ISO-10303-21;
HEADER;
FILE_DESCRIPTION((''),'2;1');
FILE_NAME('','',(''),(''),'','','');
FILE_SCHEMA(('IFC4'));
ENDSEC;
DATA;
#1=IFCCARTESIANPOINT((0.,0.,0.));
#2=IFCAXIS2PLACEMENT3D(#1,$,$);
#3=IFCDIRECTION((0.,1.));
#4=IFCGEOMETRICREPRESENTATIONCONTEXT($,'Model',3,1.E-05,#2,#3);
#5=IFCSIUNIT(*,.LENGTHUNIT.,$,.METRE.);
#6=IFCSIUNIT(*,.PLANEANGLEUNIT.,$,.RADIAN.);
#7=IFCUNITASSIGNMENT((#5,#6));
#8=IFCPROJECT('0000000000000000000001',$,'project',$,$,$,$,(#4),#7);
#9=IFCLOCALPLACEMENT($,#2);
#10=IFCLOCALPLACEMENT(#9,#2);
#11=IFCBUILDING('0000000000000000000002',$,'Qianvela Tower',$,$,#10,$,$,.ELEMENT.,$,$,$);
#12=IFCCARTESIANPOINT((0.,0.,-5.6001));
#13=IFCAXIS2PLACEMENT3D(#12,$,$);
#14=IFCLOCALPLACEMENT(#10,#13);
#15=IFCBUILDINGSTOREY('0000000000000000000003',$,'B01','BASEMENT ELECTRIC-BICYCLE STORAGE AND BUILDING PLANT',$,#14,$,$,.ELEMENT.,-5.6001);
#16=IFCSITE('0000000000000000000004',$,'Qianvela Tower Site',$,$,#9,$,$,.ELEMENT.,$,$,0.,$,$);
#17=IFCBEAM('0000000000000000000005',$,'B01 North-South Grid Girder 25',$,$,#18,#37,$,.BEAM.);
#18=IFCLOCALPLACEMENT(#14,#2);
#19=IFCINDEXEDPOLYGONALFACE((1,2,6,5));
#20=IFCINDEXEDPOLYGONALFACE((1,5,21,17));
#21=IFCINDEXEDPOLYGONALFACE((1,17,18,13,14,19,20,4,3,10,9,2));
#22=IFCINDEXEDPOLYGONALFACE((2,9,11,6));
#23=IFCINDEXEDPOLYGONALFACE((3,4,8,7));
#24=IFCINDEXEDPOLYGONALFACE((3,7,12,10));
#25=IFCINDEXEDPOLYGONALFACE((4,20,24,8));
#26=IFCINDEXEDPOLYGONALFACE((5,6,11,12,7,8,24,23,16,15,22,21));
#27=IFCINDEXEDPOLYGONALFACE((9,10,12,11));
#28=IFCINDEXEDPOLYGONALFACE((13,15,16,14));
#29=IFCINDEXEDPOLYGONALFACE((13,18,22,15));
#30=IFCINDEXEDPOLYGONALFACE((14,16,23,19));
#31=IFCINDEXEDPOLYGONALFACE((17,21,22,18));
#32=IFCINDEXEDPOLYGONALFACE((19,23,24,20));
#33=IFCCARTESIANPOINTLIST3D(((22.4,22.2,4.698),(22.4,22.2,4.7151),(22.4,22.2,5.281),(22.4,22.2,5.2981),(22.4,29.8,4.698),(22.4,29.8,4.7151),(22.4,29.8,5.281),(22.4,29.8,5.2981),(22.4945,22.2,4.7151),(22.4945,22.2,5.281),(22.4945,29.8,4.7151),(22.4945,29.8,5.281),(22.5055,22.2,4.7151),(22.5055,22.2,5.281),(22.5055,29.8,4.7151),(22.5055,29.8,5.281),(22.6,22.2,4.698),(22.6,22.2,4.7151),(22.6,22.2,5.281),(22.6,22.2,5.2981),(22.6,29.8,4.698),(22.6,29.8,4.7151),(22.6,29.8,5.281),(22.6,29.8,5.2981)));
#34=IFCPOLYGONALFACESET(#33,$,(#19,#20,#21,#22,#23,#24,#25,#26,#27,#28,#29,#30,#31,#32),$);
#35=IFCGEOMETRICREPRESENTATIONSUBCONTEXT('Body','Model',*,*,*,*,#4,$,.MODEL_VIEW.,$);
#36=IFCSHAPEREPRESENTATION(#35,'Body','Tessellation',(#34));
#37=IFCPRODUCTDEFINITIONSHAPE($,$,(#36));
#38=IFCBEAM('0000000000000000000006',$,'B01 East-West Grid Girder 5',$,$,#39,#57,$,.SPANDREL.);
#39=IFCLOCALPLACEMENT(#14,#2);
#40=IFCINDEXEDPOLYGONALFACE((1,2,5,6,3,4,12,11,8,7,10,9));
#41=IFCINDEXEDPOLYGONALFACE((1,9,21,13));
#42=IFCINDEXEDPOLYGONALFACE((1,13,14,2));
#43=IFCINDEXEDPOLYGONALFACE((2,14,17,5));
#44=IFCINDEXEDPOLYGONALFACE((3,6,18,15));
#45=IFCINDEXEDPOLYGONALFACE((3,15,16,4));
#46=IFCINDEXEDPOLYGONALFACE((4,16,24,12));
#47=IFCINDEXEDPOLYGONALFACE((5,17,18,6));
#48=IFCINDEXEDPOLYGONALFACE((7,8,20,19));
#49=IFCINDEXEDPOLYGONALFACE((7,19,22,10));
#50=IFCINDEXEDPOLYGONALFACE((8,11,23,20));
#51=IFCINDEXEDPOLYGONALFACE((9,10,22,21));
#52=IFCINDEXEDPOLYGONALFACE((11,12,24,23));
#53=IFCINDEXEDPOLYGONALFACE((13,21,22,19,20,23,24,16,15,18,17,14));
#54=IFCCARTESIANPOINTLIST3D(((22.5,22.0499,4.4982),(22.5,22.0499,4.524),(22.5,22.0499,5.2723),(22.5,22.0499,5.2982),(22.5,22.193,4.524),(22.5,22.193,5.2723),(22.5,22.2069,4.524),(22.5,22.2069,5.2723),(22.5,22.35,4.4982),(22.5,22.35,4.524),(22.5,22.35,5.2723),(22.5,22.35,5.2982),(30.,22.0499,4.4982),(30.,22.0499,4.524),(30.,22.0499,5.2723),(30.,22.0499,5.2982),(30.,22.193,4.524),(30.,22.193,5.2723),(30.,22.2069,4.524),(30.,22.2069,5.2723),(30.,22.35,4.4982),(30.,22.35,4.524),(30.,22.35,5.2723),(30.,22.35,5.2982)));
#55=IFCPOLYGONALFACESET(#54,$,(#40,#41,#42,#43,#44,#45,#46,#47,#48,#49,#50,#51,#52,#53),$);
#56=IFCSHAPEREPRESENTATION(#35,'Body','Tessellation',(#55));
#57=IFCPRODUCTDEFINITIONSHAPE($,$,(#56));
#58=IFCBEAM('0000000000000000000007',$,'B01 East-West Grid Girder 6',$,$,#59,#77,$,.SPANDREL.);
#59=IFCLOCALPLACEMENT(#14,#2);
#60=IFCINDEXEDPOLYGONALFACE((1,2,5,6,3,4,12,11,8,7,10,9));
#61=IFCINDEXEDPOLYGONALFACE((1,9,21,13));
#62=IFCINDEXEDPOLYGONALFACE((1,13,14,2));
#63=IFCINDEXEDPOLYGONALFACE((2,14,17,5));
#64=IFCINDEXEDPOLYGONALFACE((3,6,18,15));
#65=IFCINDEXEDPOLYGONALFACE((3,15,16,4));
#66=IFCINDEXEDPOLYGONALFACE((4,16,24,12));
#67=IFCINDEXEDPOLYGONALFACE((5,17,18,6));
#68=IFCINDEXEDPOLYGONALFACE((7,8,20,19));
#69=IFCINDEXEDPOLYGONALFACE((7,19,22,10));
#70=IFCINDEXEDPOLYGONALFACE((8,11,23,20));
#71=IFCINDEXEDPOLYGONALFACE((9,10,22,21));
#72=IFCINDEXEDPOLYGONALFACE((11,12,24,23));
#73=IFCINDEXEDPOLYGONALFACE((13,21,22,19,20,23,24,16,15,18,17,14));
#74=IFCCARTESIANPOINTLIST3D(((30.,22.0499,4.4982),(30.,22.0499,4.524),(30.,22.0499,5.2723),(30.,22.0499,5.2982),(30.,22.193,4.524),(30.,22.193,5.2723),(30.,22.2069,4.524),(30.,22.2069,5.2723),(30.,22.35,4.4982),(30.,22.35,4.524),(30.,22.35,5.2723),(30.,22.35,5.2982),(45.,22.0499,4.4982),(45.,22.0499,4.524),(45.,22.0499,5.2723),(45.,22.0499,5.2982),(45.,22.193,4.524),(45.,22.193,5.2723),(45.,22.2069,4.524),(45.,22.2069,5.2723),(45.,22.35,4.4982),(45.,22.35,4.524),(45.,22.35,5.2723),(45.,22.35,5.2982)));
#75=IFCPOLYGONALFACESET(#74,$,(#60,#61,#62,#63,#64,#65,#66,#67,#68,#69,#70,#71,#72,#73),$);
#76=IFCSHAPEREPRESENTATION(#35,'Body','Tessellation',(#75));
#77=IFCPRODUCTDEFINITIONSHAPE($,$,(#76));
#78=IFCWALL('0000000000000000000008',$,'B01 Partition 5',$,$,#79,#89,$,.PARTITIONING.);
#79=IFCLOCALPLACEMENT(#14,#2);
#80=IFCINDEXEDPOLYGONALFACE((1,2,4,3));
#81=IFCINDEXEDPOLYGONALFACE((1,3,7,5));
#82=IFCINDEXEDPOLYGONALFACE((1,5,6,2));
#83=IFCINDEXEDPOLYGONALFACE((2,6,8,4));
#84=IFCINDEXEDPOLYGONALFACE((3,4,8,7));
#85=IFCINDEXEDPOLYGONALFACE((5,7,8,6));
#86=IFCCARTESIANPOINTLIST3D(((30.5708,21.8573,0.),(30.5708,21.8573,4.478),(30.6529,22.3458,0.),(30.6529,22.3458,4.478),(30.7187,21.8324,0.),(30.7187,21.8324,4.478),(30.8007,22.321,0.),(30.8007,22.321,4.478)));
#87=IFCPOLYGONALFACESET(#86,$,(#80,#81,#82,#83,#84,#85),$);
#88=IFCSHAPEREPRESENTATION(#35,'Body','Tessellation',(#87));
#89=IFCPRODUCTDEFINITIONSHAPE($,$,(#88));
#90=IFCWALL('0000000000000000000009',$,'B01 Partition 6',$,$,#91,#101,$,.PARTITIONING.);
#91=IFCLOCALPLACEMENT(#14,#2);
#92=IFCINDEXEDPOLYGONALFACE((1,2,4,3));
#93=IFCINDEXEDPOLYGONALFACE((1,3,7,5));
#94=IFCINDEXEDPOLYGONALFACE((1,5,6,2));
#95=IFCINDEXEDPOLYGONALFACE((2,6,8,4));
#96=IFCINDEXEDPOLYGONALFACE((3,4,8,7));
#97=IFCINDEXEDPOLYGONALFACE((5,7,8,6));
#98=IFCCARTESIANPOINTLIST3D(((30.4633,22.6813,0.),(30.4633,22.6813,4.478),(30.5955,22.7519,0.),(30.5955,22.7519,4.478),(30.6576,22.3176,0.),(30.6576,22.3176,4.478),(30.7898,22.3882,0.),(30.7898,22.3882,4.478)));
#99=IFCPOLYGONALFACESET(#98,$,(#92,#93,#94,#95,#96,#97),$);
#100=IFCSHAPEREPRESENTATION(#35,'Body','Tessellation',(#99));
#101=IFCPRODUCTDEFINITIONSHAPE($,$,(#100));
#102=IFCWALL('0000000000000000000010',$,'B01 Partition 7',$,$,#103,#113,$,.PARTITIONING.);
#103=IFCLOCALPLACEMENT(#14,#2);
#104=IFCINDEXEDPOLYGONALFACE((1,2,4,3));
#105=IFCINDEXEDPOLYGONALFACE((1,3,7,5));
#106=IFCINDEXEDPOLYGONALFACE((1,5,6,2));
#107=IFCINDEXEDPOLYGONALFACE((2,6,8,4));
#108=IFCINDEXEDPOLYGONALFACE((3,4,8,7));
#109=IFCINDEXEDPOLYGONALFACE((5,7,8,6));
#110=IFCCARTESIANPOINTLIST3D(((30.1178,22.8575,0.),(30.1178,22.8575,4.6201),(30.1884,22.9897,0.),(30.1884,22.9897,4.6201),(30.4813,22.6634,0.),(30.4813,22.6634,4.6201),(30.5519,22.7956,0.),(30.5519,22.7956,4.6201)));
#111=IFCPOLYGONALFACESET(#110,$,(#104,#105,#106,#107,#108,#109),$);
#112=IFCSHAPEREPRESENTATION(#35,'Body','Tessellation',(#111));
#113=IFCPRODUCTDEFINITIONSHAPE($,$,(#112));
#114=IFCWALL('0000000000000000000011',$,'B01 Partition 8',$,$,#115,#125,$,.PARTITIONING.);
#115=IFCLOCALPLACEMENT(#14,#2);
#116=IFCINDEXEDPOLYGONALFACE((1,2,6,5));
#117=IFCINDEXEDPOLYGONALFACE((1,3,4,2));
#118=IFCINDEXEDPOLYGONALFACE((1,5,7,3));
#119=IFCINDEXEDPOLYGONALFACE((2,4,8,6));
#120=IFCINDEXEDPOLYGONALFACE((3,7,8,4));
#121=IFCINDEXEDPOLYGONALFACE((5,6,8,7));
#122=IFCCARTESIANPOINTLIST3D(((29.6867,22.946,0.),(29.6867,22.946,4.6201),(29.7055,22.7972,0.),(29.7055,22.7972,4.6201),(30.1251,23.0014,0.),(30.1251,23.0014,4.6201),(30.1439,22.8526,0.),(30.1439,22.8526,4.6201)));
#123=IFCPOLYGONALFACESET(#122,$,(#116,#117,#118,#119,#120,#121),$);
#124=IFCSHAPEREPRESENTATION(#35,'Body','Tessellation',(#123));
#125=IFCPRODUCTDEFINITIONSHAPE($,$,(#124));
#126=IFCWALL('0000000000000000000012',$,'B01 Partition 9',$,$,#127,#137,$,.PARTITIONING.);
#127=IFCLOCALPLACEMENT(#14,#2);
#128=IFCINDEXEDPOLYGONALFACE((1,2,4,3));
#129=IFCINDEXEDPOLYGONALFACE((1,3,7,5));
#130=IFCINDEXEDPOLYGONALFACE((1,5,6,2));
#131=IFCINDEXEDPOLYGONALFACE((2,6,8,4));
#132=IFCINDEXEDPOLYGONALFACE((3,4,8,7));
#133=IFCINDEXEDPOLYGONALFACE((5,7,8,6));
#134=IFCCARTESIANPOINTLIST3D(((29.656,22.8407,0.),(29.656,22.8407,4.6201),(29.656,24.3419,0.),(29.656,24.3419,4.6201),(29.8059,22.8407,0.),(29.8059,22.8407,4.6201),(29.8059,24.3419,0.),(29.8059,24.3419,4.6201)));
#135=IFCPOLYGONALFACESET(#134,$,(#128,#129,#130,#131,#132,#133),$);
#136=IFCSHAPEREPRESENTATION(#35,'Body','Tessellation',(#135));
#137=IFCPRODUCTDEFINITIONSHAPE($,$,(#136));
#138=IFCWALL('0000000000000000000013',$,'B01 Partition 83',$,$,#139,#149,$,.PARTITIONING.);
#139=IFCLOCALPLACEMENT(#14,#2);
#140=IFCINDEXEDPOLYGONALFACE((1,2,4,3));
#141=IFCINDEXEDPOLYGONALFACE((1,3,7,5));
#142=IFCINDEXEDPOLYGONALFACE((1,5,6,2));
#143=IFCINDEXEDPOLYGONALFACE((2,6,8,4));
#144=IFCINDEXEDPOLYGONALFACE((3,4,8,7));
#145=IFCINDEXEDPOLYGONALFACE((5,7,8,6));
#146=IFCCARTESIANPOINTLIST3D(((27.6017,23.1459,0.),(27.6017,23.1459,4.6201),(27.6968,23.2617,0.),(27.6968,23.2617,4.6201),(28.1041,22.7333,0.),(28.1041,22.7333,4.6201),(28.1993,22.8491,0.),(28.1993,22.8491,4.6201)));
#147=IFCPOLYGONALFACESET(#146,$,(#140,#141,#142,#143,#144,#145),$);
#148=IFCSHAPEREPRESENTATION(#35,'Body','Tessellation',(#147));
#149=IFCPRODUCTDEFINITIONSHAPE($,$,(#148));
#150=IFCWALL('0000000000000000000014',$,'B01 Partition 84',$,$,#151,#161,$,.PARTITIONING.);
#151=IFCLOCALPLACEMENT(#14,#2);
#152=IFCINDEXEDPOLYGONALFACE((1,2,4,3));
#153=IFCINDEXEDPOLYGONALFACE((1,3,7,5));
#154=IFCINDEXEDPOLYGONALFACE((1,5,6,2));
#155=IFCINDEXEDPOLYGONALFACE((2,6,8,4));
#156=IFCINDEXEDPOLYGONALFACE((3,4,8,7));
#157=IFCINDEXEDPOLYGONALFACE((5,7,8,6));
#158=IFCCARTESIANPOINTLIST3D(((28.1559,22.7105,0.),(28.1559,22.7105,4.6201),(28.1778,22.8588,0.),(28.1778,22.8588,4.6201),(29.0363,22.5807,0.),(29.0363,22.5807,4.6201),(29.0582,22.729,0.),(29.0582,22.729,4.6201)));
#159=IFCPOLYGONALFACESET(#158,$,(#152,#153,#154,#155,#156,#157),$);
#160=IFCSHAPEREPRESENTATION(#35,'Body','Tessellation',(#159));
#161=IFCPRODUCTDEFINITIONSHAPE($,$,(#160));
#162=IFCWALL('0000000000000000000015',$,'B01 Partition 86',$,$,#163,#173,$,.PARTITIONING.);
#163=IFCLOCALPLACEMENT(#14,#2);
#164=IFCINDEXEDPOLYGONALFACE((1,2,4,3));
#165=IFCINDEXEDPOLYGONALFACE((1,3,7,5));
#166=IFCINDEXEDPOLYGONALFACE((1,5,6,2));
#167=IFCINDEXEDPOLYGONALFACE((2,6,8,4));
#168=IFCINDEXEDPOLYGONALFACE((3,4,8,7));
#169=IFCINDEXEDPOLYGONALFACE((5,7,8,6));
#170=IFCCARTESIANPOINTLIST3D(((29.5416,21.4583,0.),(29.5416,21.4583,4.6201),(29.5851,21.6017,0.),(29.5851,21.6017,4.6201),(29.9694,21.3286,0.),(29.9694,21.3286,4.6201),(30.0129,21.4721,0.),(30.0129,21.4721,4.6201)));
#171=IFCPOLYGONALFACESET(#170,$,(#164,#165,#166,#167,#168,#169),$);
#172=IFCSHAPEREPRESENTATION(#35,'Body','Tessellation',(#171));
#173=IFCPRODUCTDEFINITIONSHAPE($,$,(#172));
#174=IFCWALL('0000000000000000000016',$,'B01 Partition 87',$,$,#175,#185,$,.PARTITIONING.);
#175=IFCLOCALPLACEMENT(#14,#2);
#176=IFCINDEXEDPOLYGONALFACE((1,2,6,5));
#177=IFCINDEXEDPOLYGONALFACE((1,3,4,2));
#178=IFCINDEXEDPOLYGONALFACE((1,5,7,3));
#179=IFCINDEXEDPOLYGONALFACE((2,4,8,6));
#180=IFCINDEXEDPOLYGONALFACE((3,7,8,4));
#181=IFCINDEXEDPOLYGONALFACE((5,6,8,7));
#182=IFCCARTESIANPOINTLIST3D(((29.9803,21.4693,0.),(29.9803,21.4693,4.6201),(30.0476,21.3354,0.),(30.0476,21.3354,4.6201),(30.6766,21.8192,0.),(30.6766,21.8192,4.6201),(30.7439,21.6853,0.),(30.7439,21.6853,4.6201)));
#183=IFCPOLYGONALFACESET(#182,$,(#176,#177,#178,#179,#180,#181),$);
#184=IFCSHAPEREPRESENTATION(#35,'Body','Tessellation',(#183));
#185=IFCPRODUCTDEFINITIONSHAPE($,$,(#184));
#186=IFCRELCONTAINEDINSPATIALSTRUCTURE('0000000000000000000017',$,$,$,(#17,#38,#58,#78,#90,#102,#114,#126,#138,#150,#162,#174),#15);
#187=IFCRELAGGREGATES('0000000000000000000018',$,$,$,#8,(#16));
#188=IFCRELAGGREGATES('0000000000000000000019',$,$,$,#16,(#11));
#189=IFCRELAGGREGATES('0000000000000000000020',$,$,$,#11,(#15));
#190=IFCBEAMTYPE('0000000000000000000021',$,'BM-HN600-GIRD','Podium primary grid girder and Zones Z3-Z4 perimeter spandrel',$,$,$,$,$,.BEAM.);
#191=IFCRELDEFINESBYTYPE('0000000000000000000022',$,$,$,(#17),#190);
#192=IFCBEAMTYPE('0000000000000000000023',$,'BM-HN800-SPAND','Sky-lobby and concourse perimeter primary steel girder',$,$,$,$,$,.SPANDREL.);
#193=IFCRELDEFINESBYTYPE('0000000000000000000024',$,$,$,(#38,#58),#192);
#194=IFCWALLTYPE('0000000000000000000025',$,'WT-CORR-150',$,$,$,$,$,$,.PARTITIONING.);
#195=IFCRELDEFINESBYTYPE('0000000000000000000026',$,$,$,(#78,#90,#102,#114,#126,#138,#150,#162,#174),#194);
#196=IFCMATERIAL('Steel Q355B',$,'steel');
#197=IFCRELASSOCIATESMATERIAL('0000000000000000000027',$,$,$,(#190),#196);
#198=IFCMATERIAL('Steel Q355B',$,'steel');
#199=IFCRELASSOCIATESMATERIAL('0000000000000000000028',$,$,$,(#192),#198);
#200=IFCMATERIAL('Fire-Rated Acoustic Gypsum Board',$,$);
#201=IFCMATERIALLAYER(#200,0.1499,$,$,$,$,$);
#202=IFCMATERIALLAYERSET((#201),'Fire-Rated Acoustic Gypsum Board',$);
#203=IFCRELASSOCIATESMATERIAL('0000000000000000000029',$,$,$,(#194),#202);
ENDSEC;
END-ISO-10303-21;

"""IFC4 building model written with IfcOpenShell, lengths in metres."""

from ifc_helpers import new_model, si_unit, direction, frame, frame_2d, origin, origin_2d, place, context, subcontext, project, spatial, rectangle, i_section, extrude, material, layer, layer_set, material_profile, profile_set, type_object, element, save


model = new_model("IFC4")

# Units and contexts
model_context = context("Model", 3, precision=1e-05, world=origin(), true_north=direction((0.0, 1.0)))
body_context = subcontext(model_context, "Body", "Model", "MODEL_VIEW")
ifc_project = project(units=[si_unit("LENGTHUNIT", "METRE"), si_unit("PLANEANGLEUNIT", "RADIAN")], contexts=[model_context])

# Site, building, storey
site_placement = place(None, origin())
site = spatial("IfcSite", under=ifc_project, at=site_placement, Name="Qianvela Tower Site", CompositionType="ELEMENT", RefElevation=0.0)
building_placement = place(site_placement, origin())
building = spatial("IfcBuilding", under=site, at=building_placement, Name="Qianvela Tower", CompositionType="ELEMENT")
storey_placement = place(building_placement, frame((0.0, 0.0, -5.6001)))
storey = spatial("IfcBuildingStorey", under=building, at=storey_placement, Name="B01", Description="BASEMENT ELECTRIC-BICYCLE STORAGE AND BUILDING PLANT", CompositionType="ELEMENT", Elevation=-5.6001)

# Beams
ifc_material_1 = material(Name="Steel Q355B", Category="steel")
ifc_material_profile_1 = material_profile(ifc_material_1, i_section(OverallWidth=0.2, OverallDepth=0.6001, WebThickness=0.011, FlangeThickness=0.0171, at=origin_2d()), Name="HN600x200x11x17")
ifc_profile_set_1 = profile_set([ifc_material_profile_1], Name="Steel Q355B")
beam_type_1 = type_object("IfcBeamType", Name="BM-HN600-GIRD", Description="Podium primary grid girder and Zones Z3-Z4 perimeter spandrel", PredefinedType="BEAM", material=ifc_profile_set_1)
beam_1_placement = place(storey_placement, frame((22.5, 22.2, 4.998), z_axis=(0.0, 1.0, 0.0), x_axis=(-1.0, 0.0, 0.0)))
element("IfcBeam", 1, at=beam_1_placement, inside=storey, type_object=beam_type_1, Name="B01 North-South Grid Girder 25", PredefinedType="BEAM", context=body_context, shape_type="SweptSolid", body=[
    extrude(i_section(OverallWidth=0.2, OverallDepth=0.6001, WebThickness=0.011, FlangeThickness=0.0171, at=origin_2d()), origin(), (0.0, 0.0, 1.0), 7.6001),
])
ifc_material_2 = material(Name="Steel Q355B", Category="steel")
ifc_material_profile_2 = material_profile(ifc_material_2, i_section(OverallWidth=0.3, OverallDepth=0.8, WebThickness=0.0139, FlangeThickness=0.0259, at=origin_2d()), Name="HN800x300x14x26")
ifc_profile_set_2 = profile_set([ifc_material_profile_2], Name="Steel Q355B")
beam_type_2 = type_object("IfcBeamType", Name="BM-HN800-SPAND", Description="Sky-lobby and concourse perimeter primary steel girder", PredefinedType="SPANDREL", material=ifc_profile_set_2)
beam_2_placement = place(storey_placement, frame((22.5, 22.2, 4.8982), z_axis=(1.0, 0.0, 0.0), x_axis=(0.0, 1.0, 0.0)))
element("IfcBeam", 2, at=beam_2_placement, inside=storey, type_object=beam_type_2, Name="B01 East-West Grid Girder 5", PredefinedType="SPANDREL", context=body_context, shape_type="SweptSolid", body=[
    extrude(i_section(OverallWidth=0.3, OverallDepth=0.8, WebThickness=0.0139, FlangeThickness=0.0259, at=origin_2d()), origin(), (0.0, 0.0, 1.0), 7.5),
])
beam_3_placement = place(storey_placement, frame((30.0, 22.2, 4.8982), z_axis=(1.0, 0.0, 0.0), x_axis=(0.0, 1.0, 0.0)))
element("IfcBeam", 3, at=beam_3_placement, inside=storey, type_object=beam_type_2, Name="B01 East-West Grid Girder 6", PredefinedType="SPANDREL", context=body_context, shape_type="SweptSolid", body=[
    extrude(i_section(OverallWidth=0.3, OverallDepth=0.8, WebThickness=0.0139, FlangeThickness=0.0259, at=origin_2d()), origin(), (0.0, 0.0, 1.0), 15.0),
])

# Walls
ifc_material_3 = material(Name="Fire-Rated Acoustic Gypsum Board")
ifc_layer_1 = layer(ifc_material_3, 0.1499)
ifc_layer_set_1 = layer_set([ifc_layer_1], Name="Fire-Rated Acoustic Gypsum Board")
wall_type_1 = type_object("IfcWallType", Name="WT-CORR-150", PredefinedType="PARTITIONING", material=ifc_layer_set_1)
wall_1_placement = place(storey_placement, frame((30.6448, 21.845, 0.0), z_axis=(0.0, 0.0, 1.0), x_axis=(0.165598, 0.986193, 0.0)))
element("IfcWall", 4, at=wall_1_placement, inside=storey, type_object=wall_type_1, Name="B01 Partition 5", PredefinedType="PARTITIONING", context=body_context, shape_type="SweptSolid", body=[
    extrude(rectangle(XDim=0.4954, YDim=0.1499, at=frame_2d((0.2476, 0.0))), origin(), (0.0, 0.0, 1.0), 4.478),
])
wall_2_placement = place(storey_placement, frame((30.7236, 22.353, 0.0), z_axis=(0.0, 0.0, 1.0), x_axis=(-0.471203, 0.882025, 0.0)))
element("IfcWall", 5, at=wall_2_placement, inside=storey, type_object=wall_type_1, Name="B01 Partition 6", PredefinedType="PARTITIONING", context=body_context, shape_type="SweptSolid", body=[
    extrude(rectangle(XDim=0.4124, YDim=0.1499, at=frame_2d((0.2061, 0.0))), origin(), (0.0, 0.0, 1.0), 4.478),
])
wall_3_placement = place(storey_placement, frame((30.5166, 22.7295, 0.0), z_axis=(0.0, 0.0, 1.0), x_axis=(-0.88214, 0.470988, 0.0)))
element("IfcWall", 6, at=wall_3_placement, inside=storey, type_object=wall_type_1, Name="B01 Partition 7", PredefinedType="PARTITIONING", context=body_context, shape_type="SweptSolid", body=[
    extrude(rectangle(XDim=0.4121, YDim=0.1499, at=frame_2d((0.2061, 0.0))), origin(), (0.0, 0.0, 1.0), 4.6201),
])
wall_4_placement = place(storey_placement, frame((30.1345, 22.927, 0.0), z_axis=(0.0, 0.0, 1.0), x_axis=(-0.992107, -0.125394, 0.0)))
element("IfcWall", 7, at=wall_4_placement, inside=storey, type_object=wall_type_1, Name="B01 Partition 8", PredefinedType="PARTITIONING", context=body_context, shape_type="SweptSolid", body=[
    extrude(rectangle(XDim=0.4419, YDim=0.1499, at=frame_2d((0.2209, 0.0))), origin(), (0.0, 0.0, 1.0), 4.6201),
])
wall_5_placement = place(storey_placement, frame((29.731, 22.8408, 0.0), z_axis=(0.0, 0.0, 1.0), x_axis=(0.0, 1.0, 0.0)))
element("IfcWall", 8, at=wall_5_placement, inside=storey, type_object=wall_type_1, Name="B01 Partition 9", PredefinedType="PARTITIONING", context=body_context, shape_type="SweptSolid", body=[
    extrude(rectangle(XDim=1.5012, YDim=0.1499, at=frame_2d((0.7505, 0.0))), origin(), (0.0, 0.0, 1.0), 4.6201),
])

# Walls
wall_6_placement = place(storey_placement, frame((27.6492, 23.2039, 0.0), z_axis=(0.0, 0.0, 1.0), x_axis=(0.772818, -0.634627, 0.0)))
element("IfcWall", 9, at=wall_6_placement, inside=storey, type_object=wall_type_1, Name="B01 Partition 83", PredefinedType="PARTITIONING", context=body_context, shape_type="SweptSolid", body=[
    extrude(rectangle(XDim=0.6501, YDim=0.1499, at=frame_2d((0.3252, 0.0))), origin(), (0.0, 0.0, 1.0), 4.6201),
])
wall_7_placement = place(storey_placement, frame((28.167, 22.7847, 0.0), z_axis=(0.0, 0.0, 1.0), x_axis=(0.989292, -0.145952, 0.0)))
element("IfcWall", 10, at=wall_7_placement, inside=storey, type_object=wall_type_1, Name="B01 Partition 84", PredefinedType="PARTITIONING", context=body_context, shape_type="SweptSolid", body=[
    extrude(rectangle(XDim=0.8899, YDim=0.1499, at=frame_2d((0.4448, 0.0))), origin(), (0.0, 0.0, 1.0), 4.6201),
])
wall_8_placement = place(storey_placement, frame((29.5632, 21.53, 0.0), z_axis=(0.0, 0.0, 1.0), x_axis=(0.957011, -0.290053, 0.0)))
element("IfcWall", 11, at=wall_8_placement, inside=storey, type_object=wall_type_1, Name="B01 Partition 86", PredefinedType="PARTITIONING", context=body_context, shape_type="SweptSolid", body=[
    extrude(rectangle(XDim=0.447, YDim=0.1499, at=frame_2d((0.2236, 0.0))), origin(), (0.0, 0.0, 1.0), 4.6201),
])
wall_9_placement = place(storey_placement, frame((30.0139, 21.4023, 0.0), z_axis=(0.0, 0.0, 1.0), x_axis=(0.893548, 0.448967, 0.0)))
element("IfcWall", 12, at=wall_9_placement, inside=storey, type_object=wall_type_1, Name="B01 Partition 87", PredefinedType="PARTITIONING", context=body_context, shape_type="SweptSolid", body=[
    extrude(rectangle(XDim=0.7793, YDim=0.1499, at=frame_2d((0.3896, 0.0))), origin(), (0.0, 0.0, 1.0), 4.6201),
])

save(model, "model.ifc")
